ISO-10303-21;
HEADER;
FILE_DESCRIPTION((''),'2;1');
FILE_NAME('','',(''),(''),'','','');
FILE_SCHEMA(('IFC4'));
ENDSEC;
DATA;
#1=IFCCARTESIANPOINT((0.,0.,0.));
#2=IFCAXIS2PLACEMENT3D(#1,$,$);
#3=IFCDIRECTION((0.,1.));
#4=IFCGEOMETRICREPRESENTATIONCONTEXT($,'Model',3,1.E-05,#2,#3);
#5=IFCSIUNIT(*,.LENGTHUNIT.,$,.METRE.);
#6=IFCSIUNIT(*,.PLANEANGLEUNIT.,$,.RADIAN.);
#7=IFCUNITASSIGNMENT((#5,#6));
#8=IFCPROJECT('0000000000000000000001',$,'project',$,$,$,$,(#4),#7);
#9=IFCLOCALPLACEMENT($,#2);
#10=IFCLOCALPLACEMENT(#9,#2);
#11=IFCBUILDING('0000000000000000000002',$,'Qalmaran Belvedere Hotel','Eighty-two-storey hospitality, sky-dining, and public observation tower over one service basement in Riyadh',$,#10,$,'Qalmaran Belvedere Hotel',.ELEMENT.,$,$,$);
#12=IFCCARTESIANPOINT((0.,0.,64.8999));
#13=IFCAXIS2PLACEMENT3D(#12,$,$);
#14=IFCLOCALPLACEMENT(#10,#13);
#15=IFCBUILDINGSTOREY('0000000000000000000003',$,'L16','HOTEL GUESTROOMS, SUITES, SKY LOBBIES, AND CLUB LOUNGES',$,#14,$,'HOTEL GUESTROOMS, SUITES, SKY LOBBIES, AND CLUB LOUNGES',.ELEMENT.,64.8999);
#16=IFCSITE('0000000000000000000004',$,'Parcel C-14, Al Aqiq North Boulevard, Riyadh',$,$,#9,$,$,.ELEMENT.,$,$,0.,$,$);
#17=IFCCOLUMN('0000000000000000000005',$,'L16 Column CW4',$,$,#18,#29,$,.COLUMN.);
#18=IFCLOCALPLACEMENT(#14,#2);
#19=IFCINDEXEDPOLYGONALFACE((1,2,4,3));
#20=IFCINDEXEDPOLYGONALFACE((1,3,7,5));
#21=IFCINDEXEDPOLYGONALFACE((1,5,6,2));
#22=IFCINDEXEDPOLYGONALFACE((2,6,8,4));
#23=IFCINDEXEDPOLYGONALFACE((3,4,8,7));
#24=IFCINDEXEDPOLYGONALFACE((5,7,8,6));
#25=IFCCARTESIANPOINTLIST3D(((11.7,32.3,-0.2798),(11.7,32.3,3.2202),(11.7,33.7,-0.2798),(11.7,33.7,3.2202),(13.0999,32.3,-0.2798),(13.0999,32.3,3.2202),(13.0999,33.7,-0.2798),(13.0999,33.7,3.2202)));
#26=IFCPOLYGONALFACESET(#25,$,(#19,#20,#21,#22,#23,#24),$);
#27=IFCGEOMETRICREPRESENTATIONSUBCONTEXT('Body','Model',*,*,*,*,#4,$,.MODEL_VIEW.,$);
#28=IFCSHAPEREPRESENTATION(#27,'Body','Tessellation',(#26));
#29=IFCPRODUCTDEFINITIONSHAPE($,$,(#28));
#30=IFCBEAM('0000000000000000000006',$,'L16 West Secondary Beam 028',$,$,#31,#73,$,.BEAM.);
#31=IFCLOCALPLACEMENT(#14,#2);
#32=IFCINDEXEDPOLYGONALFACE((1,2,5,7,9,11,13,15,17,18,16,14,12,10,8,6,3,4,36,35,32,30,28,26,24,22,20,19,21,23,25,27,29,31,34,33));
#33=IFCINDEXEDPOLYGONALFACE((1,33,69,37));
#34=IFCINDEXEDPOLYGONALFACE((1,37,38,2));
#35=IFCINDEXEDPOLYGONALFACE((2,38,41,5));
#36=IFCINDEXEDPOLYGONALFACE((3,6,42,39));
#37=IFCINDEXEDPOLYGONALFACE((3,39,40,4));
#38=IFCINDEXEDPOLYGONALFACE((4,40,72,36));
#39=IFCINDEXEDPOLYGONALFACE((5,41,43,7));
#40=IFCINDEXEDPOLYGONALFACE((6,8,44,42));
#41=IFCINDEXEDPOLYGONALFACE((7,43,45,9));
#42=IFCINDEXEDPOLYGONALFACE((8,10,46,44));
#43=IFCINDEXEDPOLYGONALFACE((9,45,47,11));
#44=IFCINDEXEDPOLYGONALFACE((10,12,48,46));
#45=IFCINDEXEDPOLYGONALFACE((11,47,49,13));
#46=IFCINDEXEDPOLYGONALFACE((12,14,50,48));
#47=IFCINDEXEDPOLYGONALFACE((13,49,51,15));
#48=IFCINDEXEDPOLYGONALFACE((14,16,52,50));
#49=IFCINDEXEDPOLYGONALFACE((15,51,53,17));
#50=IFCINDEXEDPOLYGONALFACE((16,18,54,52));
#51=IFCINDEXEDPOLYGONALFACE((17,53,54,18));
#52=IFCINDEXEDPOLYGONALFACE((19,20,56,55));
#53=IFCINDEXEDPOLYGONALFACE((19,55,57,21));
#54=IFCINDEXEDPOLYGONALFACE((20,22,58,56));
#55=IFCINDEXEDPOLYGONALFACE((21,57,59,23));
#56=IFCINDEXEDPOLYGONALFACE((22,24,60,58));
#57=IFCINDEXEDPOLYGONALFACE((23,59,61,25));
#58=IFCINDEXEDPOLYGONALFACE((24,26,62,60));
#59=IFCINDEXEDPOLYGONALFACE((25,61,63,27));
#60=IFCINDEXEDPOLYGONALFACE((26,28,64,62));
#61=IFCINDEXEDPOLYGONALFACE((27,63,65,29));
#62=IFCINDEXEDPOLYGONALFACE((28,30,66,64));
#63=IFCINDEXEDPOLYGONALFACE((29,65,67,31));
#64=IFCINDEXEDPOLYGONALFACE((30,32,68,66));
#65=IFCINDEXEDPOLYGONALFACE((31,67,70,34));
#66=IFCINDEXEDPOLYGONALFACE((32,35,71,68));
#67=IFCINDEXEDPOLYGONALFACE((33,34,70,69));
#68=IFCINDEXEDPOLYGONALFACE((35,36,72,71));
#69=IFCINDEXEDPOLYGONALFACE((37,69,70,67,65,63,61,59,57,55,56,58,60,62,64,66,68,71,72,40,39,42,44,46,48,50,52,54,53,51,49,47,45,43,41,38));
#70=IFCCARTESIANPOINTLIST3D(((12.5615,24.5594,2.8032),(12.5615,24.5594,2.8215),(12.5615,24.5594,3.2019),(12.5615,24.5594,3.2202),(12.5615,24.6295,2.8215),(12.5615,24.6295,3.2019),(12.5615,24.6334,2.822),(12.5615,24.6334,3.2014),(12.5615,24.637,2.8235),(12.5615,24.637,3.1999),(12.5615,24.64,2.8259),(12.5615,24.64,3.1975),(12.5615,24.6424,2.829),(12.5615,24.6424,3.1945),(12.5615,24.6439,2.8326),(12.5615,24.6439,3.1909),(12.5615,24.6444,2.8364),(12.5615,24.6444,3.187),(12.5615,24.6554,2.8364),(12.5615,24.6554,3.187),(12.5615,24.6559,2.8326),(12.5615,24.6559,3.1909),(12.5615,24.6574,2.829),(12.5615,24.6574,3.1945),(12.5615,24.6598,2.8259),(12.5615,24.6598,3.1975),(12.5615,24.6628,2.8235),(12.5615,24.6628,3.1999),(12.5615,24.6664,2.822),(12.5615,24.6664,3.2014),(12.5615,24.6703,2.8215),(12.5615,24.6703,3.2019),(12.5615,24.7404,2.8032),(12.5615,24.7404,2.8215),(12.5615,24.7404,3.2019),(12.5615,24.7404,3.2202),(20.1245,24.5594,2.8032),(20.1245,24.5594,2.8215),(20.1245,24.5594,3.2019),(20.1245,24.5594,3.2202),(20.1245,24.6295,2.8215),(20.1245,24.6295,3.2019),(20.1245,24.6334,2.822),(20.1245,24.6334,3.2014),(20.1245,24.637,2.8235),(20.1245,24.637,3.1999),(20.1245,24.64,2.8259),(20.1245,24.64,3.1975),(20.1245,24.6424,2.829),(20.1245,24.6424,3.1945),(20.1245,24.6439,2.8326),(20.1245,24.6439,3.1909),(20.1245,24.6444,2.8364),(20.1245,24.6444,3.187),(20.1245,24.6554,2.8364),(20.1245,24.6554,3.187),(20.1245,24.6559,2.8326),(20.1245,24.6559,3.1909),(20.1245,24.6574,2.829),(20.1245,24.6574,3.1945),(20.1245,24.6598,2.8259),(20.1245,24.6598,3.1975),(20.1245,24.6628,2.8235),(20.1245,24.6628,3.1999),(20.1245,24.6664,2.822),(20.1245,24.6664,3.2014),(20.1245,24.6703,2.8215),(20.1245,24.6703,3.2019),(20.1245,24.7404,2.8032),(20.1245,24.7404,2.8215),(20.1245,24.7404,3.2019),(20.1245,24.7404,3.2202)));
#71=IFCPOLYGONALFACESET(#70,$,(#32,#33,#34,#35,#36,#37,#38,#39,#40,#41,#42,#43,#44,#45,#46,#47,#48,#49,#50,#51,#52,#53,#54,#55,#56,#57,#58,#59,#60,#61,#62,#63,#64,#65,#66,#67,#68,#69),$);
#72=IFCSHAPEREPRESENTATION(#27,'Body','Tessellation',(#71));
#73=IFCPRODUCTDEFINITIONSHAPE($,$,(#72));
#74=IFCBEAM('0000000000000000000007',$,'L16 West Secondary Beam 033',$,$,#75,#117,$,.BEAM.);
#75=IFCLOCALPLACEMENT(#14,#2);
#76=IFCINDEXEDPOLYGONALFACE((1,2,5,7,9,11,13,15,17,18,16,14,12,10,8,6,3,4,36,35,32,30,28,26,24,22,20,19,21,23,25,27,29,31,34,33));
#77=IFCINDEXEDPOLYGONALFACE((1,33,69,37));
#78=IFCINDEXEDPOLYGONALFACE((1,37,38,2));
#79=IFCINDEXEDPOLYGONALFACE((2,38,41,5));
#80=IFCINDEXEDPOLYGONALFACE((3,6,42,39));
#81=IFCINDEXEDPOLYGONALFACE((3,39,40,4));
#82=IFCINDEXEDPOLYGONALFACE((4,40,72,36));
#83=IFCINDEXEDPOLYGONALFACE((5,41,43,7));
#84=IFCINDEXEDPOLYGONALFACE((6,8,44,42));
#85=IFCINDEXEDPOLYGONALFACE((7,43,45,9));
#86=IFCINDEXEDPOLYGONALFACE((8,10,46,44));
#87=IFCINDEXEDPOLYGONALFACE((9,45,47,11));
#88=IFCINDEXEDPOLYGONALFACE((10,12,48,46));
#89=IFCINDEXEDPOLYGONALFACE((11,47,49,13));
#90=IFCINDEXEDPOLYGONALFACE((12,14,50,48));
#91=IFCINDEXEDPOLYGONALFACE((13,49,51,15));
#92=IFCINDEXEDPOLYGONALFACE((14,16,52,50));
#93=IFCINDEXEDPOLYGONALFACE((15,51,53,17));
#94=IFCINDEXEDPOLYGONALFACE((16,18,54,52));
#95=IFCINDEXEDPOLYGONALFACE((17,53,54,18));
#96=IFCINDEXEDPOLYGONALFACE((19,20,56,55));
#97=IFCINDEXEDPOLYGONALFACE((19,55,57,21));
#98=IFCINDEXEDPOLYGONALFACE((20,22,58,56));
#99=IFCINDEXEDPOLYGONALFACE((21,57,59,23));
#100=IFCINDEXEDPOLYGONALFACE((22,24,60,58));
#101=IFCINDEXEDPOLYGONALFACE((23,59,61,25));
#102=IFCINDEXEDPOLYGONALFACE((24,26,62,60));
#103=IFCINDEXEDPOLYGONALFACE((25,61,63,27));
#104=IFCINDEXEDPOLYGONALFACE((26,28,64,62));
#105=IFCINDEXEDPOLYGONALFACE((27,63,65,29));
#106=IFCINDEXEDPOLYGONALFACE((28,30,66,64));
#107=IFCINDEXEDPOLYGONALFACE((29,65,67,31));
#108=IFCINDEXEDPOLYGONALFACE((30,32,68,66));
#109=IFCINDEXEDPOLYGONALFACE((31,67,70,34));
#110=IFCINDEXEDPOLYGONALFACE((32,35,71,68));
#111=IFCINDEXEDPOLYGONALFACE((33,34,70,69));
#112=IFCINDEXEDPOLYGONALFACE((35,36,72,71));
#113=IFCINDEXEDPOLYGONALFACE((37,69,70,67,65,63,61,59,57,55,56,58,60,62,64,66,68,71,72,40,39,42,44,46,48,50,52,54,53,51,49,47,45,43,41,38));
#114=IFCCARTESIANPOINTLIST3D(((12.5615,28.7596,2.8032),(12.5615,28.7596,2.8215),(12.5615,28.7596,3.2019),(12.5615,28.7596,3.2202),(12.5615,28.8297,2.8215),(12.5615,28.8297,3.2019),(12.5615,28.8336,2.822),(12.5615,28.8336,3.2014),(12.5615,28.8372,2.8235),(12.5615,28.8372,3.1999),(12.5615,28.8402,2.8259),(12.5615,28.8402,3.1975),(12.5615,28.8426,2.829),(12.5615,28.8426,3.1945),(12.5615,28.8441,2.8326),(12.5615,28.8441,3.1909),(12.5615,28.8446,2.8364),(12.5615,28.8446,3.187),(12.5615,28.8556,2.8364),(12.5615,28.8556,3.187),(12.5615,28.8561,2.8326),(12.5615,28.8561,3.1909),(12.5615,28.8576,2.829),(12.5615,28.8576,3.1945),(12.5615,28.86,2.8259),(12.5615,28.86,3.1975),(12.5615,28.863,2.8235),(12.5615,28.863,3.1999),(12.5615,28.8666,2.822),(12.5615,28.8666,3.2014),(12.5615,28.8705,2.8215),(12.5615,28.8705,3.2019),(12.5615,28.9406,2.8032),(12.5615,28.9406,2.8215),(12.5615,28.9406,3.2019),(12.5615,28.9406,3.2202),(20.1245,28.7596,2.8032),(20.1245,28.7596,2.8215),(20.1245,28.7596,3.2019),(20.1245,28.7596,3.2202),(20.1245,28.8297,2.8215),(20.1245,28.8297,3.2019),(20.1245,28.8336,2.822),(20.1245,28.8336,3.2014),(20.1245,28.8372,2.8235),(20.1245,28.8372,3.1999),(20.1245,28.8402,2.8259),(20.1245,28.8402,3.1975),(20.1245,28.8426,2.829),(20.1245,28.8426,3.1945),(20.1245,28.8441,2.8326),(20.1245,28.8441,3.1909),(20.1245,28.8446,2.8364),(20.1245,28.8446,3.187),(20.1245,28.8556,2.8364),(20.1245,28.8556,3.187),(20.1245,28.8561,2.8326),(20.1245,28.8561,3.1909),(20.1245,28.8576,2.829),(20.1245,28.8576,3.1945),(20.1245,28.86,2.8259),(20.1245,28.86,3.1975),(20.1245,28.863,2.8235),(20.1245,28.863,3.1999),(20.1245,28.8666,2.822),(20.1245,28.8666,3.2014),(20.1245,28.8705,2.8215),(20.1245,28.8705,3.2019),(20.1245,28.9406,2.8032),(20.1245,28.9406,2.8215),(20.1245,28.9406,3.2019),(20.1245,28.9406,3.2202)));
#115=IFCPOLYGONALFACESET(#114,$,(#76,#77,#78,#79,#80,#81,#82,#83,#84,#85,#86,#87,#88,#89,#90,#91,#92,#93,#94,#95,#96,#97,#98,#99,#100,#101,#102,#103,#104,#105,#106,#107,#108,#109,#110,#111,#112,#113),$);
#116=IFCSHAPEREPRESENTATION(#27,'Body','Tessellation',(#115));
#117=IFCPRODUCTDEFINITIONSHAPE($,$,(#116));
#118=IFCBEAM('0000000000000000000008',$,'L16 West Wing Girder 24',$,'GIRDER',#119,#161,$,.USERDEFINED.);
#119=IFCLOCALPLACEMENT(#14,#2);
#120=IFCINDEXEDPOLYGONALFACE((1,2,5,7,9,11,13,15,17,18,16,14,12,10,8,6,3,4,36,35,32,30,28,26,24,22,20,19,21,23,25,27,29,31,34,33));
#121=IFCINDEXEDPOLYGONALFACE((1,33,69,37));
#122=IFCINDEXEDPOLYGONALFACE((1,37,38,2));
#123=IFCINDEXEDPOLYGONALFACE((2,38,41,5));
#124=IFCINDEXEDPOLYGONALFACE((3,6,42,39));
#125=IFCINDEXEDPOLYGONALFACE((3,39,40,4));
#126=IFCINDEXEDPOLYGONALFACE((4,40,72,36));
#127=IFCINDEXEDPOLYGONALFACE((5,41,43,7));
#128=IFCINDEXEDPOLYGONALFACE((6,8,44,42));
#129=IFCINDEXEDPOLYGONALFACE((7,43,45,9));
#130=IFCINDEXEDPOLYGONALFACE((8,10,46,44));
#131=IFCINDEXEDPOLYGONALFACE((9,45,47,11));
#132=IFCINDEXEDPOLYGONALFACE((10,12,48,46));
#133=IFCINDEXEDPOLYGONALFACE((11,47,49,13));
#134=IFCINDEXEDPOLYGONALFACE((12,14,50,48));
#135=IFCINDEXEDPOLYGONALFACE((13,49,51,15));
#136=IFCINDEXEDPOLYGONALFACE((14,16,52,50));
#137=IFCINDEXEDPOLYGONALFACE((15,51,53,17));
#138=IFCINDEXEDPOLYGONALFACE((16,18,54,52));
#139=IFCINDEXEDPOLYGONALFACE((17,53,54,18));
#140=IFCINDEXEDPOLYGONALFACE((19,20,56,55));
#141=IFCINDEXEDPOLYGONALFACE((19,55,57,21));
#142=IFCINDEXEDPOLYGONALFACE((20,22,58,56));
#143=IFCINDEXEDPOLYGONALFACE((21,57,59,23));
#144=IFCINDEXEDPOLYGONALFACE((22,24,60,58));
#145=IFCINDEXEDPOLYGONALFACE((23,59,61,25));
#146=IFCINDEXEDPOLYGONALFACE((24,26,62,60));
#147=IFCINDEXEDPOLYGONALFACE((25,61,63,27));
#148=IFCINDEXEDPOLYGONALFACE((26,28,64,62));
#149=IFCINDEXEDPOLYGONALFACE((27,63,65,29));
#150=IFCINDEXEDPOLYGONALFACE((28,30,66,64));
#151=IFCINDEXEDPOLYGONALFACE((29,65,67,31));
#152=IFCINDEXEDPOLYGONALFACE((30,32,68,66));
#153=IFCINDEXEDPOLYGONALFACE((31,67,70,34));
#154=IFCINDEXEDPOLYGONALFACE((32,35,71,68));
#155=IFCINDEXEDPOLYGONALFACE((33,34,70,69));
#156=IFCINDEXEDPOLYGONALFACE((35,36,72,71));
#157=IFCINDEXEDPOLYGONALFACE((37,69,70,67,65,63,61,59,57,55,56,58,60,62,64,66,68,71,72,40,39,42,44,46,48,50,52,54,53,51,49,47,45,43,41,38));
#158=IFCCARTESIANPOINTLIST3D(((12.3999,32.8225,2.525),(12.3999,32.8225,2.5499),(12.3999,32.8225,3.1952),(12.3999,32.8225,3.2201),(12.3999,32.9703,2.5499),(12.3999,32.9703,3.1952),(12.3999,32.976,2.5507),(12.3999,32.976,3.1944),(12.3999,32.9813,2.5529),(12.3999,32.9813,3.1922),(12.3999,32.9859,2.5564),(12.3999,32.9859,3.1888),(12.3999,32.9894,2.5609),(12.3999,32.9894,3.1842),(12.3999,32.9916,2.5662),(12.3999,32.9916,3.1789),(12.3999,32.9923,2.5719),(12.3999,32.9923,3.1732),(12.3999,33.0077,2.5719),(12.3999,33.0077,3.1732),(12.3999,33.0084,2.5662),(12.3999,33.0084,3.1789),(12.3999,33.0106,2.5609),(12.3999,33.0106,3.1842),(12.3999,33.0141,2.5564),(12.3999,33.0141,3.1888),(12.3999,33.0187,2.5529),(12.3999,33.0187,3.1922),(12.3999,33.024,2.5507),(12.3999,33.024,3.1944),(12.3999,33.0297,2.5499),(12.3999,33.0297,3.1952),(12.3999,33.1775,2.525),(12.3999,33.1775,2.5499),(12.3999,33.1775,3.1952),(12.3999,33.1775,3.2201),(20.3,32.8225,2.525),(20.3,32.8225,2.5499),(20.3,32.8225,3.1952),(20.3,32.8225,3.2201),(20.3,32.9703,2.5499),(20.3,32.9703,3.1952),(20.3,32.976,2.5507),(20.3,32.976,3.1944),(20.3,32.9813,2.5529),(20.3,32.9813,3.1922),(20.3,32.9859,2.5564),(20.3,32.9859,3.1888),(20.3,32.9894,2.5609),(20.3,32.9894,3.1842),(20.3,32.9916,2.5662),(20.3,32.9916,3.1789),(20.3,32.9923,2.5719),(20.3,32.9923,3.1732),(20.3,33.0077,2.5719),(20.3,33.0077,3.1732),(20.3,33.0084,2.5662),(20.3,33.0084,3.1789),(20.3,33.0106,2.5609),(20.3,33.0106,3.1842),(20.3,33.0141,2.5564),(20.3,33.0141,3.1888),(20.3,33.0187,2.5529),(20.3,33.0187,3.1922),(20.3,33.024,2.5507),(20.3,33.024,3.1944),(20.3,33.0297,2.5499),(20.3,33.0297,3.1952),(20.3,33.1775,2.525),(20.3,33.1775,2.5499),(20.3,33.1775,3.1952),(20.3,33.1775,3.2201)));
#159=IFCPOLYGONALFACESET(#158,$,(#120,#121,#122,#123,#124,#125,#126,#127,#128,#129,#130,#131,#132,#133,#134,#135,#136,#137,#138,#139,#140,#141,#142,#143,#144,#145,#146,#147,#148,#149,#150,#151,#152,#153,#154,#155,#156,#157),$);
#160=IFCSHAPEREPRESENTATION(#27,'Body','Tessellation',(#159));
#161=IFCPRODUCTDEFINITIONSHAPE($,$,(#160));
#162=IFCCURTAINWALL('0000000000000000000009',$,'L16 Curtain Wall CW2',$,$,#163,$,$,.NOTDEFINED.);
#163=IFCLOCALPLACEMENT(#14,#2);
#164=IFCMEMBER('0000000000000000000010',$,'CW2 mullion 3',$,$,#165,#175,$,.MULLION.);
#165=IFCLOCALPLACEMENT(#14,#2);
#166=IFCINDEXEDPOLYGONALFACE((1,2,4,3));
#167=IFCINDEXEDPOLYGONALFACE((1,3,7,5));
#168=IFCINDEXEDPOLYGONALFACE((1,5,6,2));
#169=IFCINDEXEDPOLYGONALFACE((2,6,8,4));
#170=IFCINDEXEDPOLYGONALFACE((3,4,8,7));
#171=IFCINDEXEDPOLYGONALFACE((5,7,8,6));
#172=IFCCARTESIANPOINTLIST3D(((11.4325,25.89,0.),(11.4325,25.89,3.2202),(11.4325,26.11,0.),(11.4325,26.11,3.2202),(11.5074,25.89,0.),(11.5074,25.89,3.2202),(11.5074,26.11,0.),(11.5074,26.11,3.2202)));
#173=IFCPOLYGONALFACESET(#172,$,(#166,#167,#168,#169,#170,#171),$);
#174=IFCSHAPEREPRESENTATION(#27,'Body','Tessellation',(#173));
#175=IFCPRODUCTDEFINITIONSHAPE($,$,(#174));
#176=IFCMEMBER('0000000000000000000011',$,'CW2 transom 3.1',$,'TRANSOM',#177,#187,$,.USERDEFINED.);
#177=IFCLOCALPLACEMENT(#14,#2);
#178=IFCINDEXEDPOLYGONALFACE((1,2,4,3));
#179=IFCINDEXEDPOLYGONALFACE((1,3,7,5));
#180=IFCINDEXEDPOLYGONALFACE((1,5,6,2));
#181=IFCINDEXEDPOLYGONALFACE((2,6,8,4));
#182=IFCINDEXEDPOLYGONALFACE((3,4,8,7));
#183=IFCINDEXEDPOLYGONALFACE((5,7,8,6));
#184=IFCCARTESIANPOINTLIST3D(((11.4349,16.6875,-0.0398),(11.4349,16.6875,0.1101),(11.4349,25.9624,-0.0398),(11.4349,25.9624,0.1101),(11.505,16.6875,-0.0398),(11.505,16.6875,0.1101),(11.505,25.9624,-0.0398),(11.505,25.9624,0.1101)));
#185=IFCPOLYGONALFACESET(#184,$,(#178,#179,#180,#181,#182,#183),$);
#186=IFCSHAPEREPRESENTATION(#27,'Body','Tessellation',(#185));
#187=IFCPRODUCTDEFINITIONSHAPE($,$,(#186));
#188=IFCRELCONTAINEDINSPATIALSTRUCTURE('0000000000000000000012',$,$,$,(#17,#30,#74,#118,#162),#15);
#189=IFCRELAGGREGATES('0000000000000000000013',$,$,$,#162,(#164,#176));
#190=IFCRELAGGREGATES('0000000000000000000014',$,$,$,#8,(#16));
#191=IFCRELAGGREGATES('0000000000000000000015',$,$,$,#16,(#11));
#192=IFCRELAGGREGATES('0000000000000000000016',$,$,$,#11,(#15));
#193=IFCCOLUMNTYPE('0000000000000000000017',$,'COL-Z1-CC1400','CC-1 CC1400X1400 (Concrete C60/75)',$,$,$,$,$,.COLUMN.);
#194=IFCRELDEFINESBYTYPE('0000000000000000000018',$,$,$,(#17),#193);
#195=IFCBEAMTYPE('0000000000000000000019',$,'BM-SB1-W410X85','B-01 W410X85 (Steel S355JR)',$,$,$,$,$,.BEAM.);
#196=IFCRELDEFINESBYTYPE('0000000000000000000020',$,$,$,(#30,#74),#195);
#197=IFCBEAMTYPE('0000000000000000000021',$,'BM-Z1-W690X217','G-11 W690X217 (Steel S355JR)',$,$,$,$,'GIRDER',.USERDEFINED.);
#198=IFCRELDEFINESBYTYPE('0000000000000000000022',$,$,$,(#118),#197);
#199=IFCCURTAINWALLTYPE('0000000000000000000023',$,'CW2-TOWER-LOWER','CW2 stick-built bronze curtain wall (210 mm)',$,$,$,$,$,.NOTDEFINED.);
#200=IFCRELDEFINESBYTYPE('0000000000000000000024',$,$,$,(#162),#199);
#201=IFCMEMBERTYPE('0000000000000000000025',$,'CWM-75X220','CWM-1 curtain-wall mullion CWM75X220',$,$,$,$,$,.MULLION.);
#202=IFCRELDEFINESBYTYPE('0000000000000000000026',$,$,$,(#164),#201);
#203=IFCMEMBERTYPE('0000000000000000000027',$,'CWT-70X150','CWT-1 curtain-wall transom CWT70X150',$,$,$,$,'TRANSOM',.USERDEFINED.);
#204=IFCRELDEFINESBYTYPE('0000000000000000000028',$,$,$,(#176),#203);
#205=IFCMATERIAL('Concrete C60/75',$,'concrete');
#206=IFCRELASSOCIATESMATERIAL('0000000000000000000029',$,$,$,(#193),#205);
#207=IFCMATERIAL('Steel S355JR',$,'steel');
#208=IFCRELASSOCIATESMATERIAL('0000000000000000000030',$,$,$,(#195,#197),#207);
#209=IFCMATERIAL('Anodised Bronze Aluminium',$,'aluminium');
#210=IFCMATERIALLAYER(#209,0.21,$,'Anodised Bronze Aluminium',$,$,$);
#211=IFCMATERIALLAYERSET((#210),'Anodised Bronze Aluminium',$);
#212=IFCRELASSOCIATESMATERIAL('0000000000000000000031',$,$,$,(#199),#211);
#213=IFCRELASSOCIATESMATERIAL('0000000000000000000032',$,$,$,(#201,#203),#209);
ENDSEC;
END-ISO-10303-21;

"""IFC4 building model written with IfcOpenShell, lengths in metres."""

from ifc_helpers import new_model, si_unit, direction, frame, origin, origin_2d, place, context, subcontext, project, spatial, rectangle, i_section, extrude, material, layer, layer_set, material_profile, profile_set, type_object, element, aggregate, save


model = new_model("IFC4")

# Units and contexts
model_context = context("Model", 3, precision=1e-05, world=origin(), true_north=direction((0.0, 1.0)))
body_context = subcontext(model_context, "Body", "Model", "MODEL_VIEW")
ifc_project = project(units=[si_unit("LENGTHUNIT", "METRE"), si_unit("PLANEANGLEUNIT", "RADIAN")], contexts=[model_context])

# Site, building, storey
site_placement = place(None, origin())
site = spatial("IfcSite", under=ifc_project, at=site_placement, Name="Parcel C-14, Al Aqiq North Boulevard, Riyadh", CompositionType="ELEMENT", RefElevation=0.0)
building_placement = place(site_placement, origin())
building = spatial("IfcBuilding", under=site, at=building_placement, Name="Qalmaran Belvedere Hotel", Description="Eighty-two-storey hospitality, sky-dining, and public observation tower over one service basement in Riyadh", LongName="Qalmaran Belvedere Hotel", CompositionType="ELEMENT")
storey_placement = place(building_placement, frame((0.0, 0.0, 64.8999)))
storey = spatial("IfcBuildingStorey", under=building, at=storey_placement, Name="L16", Description="HOTEL GUESTROOMS, SUITES, SKY LOBBIES, AND CLUB LOUNGES", LongName="HOTEL GUESTROOMS, SUITES, SKY LOBBIES, AND CLUB LOUNGES", CompositionType="ELEMENT", Elevation=64.8999)

# Column
ifc_material_1 = material(Name="Concrete C60/75", Category="concrete")
ifc_material_profile_1 = material_profile(ifc_material_1, rectangle(XDim=1.3999, YDim=1.3999, at=origin_2d()), Name="CC1400X1400")
ifc_profile_set_1 = profile_set([ifc_material_profile_1], Name="Concrete C60/75")
column_type = type_object("IfcColumnType", Name="COL-Z1-CC1400", Description="CC-1 CC1400X1400 (Concrete C60/75)", PredefinedType="COLUMN", material=ifc_profile_set_1)
column_placement = place(storey_placement, frame((12.3999, 33.0, -0.2798), z_axis=(0.0, 0.0, 1.0), x_axis=(1.0, 0.0, 0.0)))
element("IfcColumn", 1, at=column_placement, inside=storey, type_object=column_type, Name="L16 Column CW4", PredefinedType="COLUMN", context=body_context, shape_type="SweptSolid", body=[
    extrude(rectangle(XDim=1.3999, YDim=1.3999, at=origin_2d()), origin(), (0.0, 0.0, 1.0), 3.5),
])

# Beams
ifc_material_2 = material(Name="Steel S355JR", Category="steel")
ifc_material_profile_2 = material_profile(ifc_material_2, i_section(OverallWidth=0.1809, OverallDepth=0.417, WebThickness=0.011, FlangeThickness=0.0183, FilletRadius=0.0149, at=origin_2d()), Name="W410X85")
ifc_profile_set_2 = profile_set([ifc_material_profile_2], Name="Steel S355JR")
beam_type_1 = type_object("IfcBeamType", Name="BM-SB1-W410X85", Description="B-01 W410X85 (Steel S355JR)", PredefinedType="BEAM", material=ifc_profile_set_2)
for number, where, z_axis, x_axis, name in (
    (2, (12.5615, 24.6499, 3.0117), (1.0, 0.0, 0.0), (0.0, 1.0, 0.0), "L16 West Secondary Beam 028"),
    (3, (12.5615, 28.8501, 3.0117), (1.0, 0.0, 0.0), (0.0, 1.0, 0.0), "L16 West Secondary Beam 033"),
):
    element("IfcBeam", number, at=place(storey_placement, frame(where, z_axis=z_axis, x_axis=x_axis)), inside=storey, type_object=beam_type_1, Name=name, PredefinedType="BEAM", context=body_context, shape_type="SweptSolid", body=[
        extrude(i_section(OverallWidth=0.1809, OverallDepth=0.417, WebThickness=0.011, FlangeThickness=0.0183, FilletRadius=0.0149, at=origin_2d()), origin(), (0.0, 0.0, 1.0), 7.563),
    ])
ifc_material_profile_3 = material_profile(ifc_material_2, i_section(OverallWidth=0.355, OverallDepth=0.6951, WebThickness=0.0154, FlangeThickness=0.0249, FilletRadius=0.022, at=origin_2d()), Name="W690X217")
ifc_profile_set_3 = profile_set([ifc_material_profile_3], Name="Steel S355JR")
beam_type_2 = type_object("IfcBeamType", Name="BM-Z1-W690X217", Description="G-11 W690X217 (Steel S355JR)", ElementType="GIRDER", PredefinedType="USERDEFINED", material=ifc_profile_set_3)
beam_placement = place(storey_placement, frame((12.3999, 33.0, 2.8726), z_axis=(1.0, 0.0, 0.0), x_axis=(0.0, 1.0, 0.0)))
element("IfcBeam", 4, at=beam_placement, inside=storey, type_object=beam_type_2, Name="L16 West Wing Girder 24", ObjectType="GIRDER", PredefinedType="USERDEFINED", context=body_context, shape_type="SweptSolid", body=[
    extrude(i_section(OverallWidth=0.355, OverallDepth=0.6951, WebThickness=0.0154, FlangeThickness=0.0249, FilletRadius=0.022, at=origin_2d()), origin(), (0.0, 0.0, 1.0), 7.9001),
])

# Curtain wall, members
ifc_material_3 = material(Name="Anodised Bronze Aluminium", Category="aluminium")
ifc_layer_1 = layer(ifc_material_3, 0.21, Name="Anodised Bronze Aluminium")
ifc_layer_set_1 = layer_set([ifc_layer_1], Name="Anodised Bronze Aluminium")
curtain_wall_type = type_object("IfcCurtainWallType", Name="CW2-TOWER-LOWER", Description="CW2 stick-built bronze curtain wall (210 mm)", PredefinedType="NOTDEFINED", material=ifc_layer_set_1)
curtain_wall_placement = place(storey_placement, origin())
curtain_wall = element("IfcCurtainWall", 5, at=curtain_wall_placement, inside=storey, type_object=curtain_wall_type, Name="L16 Curtain Wall CW2", PredefinedType="NOTDEFINED")
ifc_material_profile_4 = material_profile(ifc_material_3, rectangle(XDim=0.075, YDim=0.22, at=origin_2d()), Name="CWM75X220")
ifc_profile_set_4 = profile_set([ifc_material_profile_4], Name="Anodised Bronze Aluminium")
member_type_1 = type_object("IfcMemberType", Name="CWM-75X220", Description="CWM-1 curtain-wall mullion CWM75X220", PredefinedType="MULLION", material=ifc_profile_set_4)
member_1_placement = place(storey_placement, frame((11.47, 26.0, 0.0), z_axis=(0.0, 0.0, 1.0), x_axis=(1.0, 0.0, 0.0)))
member_1 = element("IfcMember", 6, at=member_1_placement, type_object=member_type_1, Name="CW2 mullion 3", PredefinedType="MULLION", context=body_context, shape_type="SweptSolid", body=[
    extrude(rectangle(XDim=0.075, YDim=0.22, at=origin_2d()), origin(), (0.0, 0.0, 1.0), 3.2202),
])
ifc_material_profile_5 = material_profile(ifc_material_3, rectangle(XDim=0.0701, YDim=0.1499, at=origin_2d()), Name="CWT70X150")
ifc_profile_set_5 = profile_set([ifc_material_profile_5], Name="Anodised Bronze Aluminium")
member_type_2 = type_object("IfcMemberType", Name="CWT-70X150", Description="CWT-1 curtain-wall transom CWT70X150", ElementType="TRANSOM", PredefinedType="USERDEFINED", material=ifc_profile_set_5)
member_2_placement = place(storey_placement, frame((11.47, 25.9624, 0.0352), z_axis=(0.0, -1.0, 0.0), x_axis=(1.0, 0.0, 0.0)))
member_2 = element("IfcMember", 7, at=member_2_placement, type_object=member_type_2, Name="CW2 transom 3.1", ObjectType="TRANSOM", PredefinedType="USERDEFINED", context=body_context, shape_type="SweptSolid", body=[
    extrude(rectangle(XDim=0.0701, YDim=0.1499, at=origin_2d()), origin(), (0.0, 0.0, 1.0), 9.2749),
])
aggregate(curtain_wall, [member_1, member_2])

save(model, "model.ifc")
